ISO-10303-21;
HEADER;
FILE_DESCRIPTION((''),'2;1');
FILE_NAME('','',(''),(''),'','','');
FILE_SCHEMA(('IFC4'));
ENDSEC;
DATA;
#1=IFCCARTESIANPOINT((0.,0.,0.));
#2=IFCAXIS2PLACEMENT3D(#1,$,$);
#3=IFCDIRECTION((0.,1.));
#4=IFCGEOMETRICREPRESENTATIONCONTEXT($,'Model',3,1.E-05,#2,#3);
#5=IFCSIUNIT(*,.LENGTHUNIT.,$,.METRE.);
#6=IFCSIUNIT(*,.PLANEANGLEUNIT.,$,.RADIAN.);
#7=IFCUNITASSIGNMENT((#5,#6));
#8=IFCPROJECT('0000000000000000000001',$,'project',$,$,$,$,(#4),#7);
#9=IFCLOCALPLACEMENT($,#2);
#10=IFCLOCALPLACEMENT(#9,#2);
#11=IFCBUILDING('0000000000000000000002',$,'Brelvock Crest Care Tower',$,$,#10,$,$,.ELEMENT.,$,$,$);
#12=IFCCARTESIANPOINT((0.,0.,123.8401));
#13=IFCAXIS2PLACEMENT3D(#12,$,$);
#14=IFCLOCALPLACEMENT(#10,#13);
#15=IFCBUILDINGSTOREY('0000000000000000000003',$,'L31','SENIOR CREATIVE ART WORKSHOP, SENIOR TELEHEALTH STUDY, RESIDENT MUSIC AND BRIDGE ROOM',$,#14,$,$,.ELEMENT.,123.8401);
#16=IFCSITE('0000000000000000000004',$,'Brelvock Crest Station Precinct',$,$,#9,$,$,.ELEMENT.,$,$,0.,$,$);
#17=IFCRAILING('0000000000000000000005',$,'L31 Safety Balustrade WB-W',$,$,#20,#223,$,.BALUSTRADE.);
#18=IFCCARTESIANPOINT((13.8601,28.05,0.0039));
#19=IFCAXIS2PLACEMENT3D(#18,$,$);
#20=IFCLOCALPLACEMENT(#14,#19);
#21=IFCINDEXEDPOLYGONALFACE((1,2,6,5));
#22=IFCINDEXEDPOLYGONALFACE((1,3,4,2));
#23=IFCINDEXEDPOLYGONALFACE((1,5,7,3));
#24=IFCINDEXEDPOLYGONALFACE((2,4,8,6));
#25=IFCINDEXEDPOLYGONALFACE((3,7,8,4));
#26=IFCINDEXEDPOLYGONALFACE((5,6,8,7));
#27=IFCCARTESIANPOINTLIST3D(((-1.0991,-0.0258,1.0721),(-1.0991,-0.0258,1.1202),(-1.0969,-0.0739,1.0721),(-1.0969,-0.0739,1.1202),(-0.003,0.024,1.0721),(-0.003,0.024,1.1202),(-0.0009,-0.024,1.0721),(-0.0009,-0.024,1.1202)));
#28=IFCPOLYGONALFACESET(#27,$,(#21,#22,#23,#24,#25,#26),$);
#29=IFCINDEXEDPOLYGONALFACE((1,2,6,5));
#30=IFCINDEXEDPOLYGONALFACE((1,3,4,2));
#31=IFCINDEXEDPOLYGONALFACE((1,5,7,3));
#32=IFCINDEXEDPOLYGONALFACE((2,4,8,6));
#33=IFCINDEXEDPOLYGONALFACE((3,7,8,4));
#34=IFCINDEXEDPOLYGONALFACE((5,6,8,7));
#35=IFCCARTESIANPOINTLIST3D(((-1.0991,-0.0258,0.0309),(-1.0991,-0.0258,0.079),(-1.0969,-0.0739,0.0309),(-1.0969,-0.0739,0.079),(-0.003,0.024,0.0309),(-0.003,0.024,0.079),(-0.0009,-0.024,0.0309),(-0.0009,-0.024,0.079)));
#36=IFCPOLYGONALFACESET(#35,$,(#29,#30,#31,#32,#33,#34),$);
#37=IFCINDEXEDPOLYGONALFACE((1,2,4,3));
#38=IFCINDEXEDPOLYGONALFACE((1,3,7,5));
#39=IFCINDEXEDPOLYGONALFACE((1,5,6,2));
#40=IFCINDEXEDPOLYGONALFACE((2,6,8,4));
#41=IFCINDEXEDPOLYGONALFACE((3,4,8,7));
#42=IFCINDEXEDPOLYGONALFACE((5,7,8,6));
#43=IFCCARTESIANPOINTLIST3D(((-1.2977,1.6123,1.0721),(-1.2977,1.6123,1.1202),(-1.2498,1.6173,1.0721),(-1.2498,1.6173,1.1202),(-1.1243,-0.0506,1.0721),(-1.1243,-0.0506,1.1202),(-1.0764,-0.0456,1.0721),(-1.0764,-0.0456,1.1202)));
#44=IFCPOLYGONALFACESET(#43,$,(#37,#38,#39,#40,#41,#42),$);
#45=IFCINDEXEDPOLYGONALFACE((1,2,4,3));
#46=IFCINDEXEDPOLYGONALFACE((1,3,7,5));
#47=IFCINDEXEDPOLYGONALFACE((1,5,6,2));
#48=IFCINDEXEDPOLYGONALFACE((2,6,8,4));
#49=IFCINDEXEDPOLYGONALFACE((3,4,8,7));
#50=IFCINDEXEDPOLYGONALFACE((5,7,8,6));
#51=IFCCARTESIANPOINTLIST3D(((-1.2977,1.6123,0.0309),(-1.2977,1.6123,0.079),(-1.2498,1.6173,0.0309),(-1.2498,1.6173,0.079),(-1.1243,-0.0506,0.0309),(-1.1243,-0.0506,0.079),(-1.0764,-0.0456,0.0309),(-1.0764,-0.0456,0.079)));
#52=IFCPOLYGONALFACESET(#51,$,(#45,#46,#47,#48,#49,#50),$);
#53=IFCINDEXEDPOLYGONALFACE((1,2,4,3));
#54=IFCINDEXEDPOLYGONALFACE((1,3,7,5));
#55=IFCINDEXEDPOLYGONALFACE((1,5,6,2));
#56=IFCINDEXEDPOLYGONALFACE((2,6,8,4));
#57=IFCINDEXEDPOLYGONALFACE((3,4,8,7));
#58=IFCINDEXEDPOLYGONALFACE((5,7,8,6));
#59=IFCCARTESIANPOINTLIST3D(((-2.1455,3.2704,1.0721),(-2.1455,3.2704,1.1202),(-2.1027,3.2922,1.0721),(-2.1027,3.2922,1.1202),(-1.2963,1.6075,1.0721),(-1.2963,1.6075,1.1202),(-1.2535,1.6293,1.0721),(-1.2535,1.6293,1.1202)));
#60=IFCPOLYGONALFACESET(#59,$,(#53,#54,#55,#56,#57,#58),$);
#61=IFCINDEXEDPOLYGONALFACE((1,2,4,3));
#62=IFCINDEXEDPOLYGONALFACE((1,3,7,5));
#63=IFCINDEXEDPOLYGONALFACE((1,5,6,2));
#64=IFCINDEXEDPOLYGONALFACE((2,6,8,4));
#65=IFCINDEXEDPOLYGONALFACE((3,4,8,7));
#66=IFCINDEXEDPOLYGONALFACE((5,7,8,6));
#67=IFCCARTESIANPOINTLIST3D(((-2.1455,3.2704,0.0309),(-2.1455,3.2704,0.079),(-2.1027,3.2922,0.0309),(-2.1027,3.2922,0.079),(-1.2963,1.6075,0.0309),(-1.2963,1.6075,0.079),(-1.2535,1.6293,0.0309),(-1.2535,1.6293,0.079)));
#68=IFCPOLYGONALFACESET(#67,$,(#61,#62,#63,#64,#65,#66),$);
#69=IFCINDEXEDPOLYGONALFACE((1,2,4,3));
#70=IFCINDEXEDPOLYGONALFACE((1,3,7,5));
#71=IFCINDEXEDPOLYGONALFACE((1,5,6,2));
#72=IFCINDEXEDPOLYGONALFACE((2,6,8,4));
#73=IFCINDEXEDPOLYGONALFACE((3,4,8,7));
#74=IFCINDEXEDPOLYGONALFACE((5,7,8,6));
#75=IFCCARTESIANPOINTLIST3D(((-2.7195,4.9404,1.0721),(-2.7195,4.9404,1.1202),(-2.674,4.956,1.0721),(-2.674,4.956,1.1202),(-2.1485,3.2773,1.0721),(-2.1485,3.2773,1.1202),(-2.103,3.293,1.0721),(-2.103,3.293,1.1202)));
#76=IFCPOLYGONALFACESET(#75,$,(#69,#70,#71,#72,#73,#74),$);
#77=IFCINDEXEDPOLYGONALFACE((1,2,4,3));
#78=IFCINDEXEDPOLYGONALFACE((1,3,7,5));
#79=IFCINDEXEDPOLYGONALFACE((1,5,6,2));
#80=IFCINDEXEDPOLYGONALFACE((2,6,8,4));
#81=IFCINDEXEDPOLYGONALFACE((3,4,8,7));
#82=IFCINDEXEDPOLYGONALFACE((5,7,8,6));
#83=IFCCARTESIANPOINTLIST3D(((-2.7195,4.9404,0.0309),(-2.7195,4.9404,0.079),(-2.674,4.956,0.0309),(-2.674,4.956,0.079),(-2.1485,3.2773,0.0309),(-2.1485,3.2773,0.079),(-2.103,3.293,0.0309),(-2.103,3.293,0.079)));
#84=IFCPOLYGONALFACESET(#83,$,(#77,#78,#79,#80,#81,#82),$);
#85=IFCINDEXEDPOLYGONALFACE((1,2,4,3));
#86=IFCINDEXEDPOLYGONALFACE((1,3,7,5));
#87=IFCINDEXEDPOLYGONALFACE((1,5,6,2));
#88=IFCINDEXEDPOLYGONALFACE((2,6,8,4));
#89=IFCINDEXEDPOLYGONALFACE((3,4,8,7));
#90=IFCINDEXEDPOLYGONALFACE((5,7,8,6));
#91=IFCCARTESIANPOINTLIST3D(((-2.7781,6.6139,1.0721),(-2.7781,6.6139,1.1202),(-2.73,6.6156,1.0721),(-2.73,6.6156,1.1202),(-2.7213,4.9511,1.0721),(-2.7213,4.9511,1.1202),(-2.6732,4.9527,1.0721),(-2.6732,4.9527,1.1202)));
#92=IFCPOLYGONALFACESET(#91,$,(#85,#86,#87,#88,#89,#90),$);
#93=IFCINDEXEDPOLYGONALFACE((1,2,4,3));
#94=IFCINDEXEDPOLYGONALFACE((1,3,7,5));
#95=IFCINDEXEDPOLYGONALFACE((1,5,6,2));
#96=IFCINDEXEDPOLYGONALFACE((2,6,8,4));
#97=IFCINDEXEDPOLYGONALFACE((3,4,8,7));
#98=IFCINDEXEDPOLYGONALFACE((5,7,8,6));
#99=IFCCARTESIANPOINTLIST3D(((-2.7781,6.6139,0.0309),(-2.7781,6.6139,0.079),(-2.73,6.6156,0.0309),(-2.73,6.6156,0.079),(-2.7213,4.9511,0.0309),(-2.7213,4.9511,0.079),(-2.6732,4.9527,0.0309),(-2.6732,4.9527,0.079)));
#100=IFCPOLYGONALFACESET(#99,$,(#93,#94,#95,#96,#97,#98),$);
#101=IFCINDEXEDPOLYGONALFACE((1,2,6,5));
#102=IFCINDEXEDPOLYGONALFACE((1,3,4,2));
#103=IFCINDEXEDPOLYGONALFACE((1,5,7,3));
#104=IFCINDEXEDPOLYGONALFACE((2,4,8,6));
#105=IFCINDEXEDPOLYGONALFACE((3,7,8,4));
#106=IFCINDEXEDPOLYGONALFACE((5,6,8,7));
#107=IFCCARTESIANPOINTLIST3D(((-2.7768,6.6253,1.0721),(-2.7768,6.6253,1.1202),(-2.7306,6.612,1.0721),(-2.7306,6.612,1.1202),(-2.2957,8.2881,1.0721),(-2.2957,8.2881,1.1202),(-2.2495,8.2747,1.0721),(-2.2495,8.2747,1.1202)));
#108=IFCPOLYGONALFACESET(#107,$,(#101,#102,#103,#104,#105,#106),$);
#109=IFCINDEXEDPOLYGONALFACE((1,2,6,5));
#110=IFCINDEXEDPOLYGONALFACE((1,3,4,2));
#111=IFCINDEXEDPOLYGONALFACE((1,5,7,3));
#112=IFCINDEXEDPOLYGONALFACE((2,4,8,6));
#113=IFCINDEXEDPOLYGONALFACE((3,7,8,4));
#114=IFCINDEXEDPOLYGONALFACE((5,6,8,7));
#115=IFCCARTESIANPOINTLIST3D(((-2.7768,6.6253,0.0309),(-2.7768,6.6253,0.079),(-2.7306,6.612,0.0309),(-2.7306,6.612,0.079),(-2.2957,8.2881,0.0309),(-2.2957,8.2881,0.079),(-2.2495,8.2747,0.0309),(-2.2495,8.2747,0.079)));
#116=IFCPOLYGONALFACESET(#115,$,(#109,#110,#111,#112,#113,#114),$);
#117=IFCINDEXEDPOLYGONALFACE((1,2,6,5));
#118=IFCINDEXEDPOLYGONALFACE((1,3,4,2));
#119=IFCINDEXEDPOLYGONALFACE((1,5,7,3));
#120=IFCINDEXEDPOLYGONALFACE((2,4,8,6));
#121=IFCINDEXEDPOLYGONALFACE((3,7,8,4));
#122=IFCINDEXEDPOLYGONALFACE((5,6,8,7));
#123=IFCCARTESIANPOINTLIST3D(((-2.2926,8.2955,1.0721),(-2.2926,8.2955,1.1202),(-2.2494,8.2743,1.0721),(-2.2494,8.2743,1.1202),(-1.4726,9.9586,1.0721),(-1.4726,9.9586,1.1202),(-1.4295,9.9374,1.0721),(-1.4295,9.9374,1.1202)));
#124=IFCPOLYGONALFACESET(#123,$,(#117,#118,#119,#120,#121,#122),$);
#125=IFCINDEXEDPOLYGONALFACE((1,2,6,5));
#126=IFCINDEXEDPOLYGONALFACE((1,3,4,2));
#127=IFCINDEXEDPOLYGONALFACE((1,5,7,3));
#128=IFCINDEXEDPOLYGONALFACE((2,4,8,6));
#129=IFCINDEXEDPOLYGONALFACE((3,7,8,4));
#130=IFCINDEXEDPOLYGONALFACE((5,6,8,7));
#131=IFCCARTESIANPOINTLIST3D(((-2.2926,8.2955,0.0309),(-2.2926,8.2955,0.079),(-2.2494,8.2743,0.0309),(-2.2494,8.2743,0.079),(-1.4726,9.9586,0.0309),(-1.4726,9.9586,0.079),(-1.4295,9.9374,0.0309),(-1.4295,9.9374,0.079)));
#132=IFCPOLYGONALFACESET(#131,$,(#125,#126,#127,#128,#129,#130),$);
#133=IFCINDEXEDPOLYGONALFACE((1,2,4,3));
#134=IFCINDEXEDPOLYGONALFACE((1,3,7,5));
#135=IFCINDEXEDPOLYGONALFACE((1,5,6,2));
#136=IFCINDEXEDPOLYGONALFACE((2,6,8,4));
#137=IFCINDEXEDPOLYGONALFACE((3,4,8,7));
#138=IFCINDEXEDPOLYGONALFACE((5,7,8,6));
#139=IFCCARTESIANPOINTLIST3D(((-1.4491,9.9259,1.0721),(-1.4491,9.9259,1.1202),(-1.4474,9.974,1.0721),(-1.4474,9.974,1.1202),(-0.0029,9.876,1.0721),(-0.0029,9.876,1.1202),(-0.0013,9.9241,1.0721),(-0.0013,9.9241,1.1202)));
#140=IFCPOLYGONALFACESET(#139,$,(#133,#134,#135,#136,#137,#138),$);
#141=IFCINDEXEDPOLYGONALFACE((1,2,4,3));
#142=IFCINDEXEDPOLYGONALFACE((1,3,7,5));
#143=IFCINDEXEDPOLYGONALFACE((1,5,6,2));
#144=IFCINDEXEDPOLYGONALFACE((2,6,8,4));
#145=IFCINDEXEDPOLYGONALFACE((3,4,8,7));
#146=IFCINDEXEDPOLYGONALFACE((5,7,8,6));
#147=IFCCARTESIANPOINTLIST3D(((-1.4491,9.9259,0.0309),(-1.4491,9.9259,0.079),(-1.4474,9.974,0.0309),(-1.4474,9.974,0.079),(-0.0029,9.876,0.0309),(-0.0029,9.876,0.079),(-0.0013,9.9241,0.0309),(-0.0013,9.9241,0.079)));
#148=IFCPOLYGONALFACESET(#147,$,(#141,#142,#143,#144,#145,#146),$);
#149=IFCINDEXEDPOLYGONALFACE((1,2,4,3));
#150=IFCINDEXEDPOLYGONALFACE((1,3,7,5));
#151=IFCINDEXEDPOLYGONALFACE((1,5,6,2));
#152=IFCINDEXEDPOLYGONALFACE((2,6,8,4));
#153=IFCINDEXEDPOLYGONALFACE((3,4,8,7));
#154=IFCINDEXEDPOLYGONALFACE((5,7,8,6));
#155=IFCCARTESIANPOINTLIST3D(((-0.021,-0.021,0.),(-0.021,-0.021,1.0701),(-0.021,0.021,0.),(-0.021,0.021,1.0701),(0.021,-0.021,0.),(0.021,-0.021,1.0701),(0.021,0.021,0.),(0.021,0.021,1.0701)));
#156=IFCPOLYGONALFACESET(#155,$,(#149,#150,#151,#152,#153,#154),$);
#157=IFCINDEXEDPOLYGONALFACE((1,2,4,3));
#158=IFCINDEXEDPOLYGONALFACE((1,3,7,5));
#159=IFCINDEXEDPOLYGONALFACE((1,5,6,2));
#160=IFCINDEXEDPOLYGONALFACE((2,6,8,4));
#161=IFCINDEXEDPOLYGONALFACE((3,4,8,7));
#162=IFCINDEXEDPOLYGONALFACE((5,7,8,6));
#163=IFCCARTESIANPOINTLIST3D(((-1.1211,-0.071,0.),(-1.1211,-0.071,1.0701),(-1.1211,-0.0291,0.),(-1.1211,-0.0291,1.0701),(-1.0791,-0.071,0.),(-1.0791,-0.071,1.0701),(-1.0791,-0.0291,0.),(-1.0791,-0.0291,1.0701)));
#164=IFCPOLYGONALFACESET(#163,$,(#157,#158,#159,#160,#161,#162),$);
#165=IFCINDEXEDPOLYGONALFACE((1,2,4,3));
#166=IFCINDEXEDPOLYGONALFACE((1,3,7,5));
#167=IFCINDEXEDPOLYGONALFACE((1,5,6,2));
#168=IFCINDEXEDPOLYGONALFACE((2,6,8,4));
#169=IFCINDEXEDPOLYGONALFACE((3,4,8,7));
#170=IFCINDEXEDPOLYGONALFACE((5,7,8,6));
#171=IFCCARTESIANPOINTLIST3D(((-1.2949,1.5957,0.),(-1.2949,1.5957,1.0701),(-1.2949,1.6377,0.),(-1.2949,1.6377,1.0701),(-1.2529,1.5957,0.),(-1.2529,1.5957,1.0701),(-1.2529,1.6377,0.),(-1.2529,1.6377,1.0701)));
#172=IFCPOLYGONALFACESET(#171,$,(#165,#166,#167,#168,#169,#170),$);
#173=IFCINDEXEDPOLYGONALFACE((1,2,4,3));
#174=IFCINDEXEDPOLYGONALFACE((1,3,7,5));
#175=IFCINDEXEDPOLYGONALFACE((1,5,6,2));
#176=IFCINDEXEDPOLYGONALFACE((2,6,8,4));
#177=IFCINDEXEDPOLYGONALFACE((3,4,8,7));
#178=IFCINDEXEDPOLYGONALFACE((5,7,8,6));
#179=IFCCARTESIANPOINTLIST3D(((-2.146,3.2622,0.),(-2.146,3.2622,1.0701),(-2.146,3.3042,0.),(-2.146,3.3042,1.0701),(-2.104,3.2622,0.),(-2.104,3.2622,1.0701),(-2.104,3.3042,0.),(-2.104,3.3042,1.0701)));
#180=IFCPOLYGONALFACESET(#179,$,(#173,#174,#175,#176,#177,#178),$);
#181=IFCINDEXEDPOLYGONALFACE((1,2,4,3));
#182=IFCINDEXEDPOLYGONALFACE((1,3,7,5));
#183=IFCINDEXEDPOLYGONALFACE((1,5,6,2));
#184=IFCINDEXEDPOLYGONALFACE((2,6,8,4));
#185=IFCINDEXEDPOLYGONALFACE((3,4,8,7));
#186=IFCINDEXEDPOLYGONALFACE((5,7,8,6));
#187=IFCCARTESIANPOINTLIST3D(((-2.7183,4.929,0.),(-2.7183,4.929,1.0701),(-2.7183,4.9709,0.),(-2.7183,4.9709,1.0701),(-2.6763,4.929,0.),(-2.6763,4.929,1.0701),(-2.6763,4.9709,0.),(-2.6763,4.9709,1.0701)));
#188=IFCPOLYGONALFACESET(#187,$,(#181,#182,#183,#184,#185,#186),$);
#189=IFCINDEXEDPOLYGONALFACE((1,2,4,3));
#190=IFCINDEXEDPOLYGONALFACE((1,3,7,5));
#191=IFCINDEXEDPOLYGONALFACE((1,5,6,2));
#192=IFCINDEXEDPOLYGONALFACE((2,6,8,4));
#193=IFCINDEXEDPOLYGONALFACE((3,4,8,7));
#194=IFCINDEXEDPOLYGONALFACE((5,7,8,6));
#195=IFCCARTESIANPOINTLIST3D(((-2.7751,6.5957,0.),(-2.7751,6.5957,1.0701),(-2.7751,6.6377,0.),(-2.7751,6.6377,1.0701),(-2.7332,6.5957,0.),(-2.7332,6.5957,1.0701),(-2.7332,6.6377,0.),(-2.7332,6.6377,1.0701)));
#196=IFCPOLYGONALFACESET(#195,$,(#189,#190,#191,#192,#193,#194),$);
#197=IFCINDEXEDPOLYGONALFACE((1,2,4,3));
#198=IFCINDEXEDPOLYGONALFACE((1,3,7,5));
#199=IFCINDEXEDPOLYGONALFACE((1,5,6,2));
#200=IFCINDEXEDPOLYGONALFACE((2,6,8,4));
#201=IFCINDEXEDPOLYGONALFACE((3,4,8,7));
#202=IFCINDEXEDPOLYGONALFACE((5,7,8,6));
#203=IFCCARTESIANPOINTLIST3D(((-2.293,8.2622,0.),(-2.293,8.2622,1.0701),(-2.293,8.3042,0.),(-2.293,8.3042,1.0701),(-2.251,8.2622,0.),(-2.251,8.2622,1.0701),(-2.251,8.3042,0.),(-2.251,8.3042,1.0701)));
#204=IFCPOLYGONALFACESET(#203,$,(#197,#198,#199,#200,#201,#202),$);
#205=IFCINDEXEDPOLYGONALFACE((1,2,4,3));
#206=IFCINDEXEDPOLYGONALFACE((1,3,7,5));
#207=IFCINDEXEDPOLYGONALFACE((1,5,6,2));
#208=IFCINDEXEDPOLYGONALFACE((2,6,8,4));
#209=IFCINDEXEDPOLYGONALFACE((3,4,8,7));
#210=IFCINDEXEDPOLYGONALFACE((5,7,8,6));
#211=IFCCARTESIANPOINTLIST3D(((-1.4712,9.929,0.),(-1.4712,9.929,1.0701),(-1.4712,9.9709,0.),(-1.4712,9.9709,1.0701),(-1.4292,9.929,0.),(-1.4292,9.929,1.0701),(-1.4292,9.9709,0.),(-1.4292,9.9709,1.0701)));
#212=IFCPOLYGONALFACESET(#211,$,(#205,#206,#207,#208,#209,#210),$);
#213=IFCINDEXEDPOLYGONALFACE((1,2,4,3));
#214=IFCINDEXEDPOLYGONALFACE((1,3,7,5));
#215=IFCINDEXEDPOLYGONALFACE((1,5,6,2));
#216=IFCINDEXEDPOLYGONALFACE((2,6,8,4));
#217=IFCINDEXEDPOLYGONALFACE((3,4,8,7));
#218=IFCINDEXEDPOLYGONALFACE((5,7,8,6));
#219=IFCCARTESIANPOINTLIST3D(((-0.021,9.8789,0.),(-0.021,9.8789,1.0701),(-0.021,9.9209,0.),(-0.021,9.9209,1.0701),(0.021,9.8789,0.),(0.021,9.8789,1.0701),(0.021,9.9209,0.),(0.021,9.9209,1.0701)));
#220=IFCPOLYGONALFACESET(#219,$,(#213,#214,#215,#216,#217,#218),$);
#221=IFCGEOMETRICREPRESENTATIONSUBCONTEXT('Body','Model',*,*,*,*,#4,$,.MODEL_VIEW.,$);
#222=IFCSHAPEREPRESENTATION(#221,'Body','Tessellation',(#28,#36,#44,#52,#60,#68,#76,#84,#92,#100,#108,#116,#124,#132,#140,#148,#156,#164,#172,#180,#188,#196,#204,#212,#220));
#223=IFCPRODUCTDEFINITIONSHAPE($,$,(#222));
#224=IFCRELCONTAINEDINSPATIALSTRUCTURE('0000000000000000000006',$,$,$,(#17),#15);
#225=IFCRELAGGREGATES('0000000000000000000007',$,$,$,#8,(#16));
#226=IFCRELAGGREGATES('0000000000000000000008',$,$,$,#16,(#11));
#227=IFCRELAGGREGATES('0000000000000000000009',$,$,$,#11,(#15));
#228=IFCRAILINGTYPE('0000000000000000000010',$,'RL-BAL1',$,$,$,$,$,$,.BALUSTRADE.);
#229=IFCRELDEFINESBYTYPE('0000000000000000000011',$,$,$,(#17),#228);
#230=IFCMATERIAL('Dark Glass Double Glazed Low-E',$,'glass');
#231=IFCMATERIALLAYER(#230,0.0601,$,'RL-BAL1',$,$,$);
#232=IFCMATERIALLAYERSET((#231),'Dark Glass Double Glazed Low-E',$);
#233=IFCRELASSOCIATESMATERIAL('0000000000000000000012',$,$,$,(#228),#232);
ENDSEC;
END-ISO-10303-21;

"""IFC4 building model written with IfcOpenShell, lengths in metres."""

from ifc_helpers import new_model, si_unit, direction, frame, origin, origin_2d, place, context, subcontext, project, spatial, rectangle, extrude, material, layer, layer_set, type_object, element, save


model = new_model("IFC4")

# Units and contexts
model_context = context("Model", 3, precision=1e-05, world=origin(), true_north=direction((0.0, 1.0)))
body_context = subcontext(model_context, "Body", "Model", "MODEL_VIEW")
ifc_project = project(units=[si_unit("LENGTHUNIT", "METRE"), si_unit("PLANEANGLEUNIT", "RADIAN")], contexts=[model_context])

# Site, building, storey
site_placement = place(None, origin())
site = spatial("IfcSite", under=ifc_project, at=site_placement, Name="Brelvock Crest Station Precinct", CompositionType="ELEMENT", RefElevation=0.0)
building_placement = place(site_placement, origin())
building = spatial("IfcBuilding", under=site, at=building_placement, Name="Brelvock Crest Care Tower", CompositionType="ELEMENT")
storey_placement = place(building_placement, frame((0.0, 0.0, 123.8401)))
storey = spatial("IfcBuildingStorey", under=building, at=storey_placement, Name="L31", Description="SENIOR CREATIVE ART WORKSHOP, SENIOR TELEHEALTH STUDY, RESIDENT MUSIC AND BRIDGE ROOM", CompositionType="ELEMENT", Elevation=123.8401)

# Shared definitions
ifc_material_1 = material(Name="Dark Glass Double Glazed Low-E", Category="glass")

# Railing
ifc_layer_1 = layer(ifc_material_1, 0.0601, Name="RL-BAL1")
ifc_layer_set_1 = layer_set([ifc_layer_1], Name="Dark Glass Double Glazed Low-E")
railing_type = type_object("IfcRailingType", Name="RL-BAL1", PredefinedType="BALUSTRADE", material=ifc_layer_set_1)
railing_placement = place(storey_placement, frame((13.8601, 28.05, 0.0039)))
element("IfcRailing", 1, at=railing_placement, inside=storey, type_object=railing_type, Name="L31 Safety Balustrade WB-W", PredefinedType="BALUSTRADE", context=body_context, shape_type="SweptSolid", body=[
    extrude(rectangle(XDim=0.0481, YDim=0.0481, at=origin_2d()), frame((-0.002, 0.0, 1.0962), z_axis=(-0.998967, -0.045448, 0.0), x_axis=(0.045448, -0.998967, 0.0)), (0.0, 0.0, 1.0), 1.0972),
    extrude(rectangle(XDim=0.0481, YDim=0.0481, at=origin_2d()), frame((-0.002, 0.0, 0.0549), z_axis=(-0.998967, -0.045448, 0.0), x_axis=(0.045448, -0.998967, 0.0)), (0.0, 0.0, 1.0), 1.0972),
    extrude(rectangle(XDim=0.0481, YDim=0.0481, at=origin_2d()), frame((-1.1003, -0.0481, 1.0962), z_axis=(-0.103729, 0.994606, 0.0), x_axis=(-0.994606, -0.103729, 0.0)), (0.0, 0.0, 1.0), 1.6719),
    extrude(rectangle(XDim=0.0481, YDim=0.0481, at=origin_2d()), frame((-1.1003, -0.0481, 0.0549), z_axis=(-0.103729, 0.994606, 0.0), x_axis=(-0.994606, -0.103729, 0.0)), (0.0, 0.0, 1.0), 1.6719),
    extrude(rectangle(XDim=0.0481, YDim=0.0481, at=origin_2d()), frame((-1.2749, 1.6184, 1.0962), z_axis=(-0.454817, 0.890585, 0.0), x_axis=(-0.890585, -0.454817, 0.0)), (0.0, 0.0, 1.0), 1.8672),
    extrude(rectangle(XDim=0.0481, YDim=0.0481, at=origin_2d()), frame((-1.2749, 1.6184, 0.0549), z_axis=(-0.454817, 0.890585, 0.0), x_axis=(-0.890585, -0.454817, 0.0)), (0.0, 0.0, 1.0), 1.8672),
    extrude(rectangle(XDim=0.0481, YDim=0.0481, at=origin_2d()), frame((-2.1257, 3.2852, 1.0962), z_axis=(-0.324735, 0.945805, 0.0), x_axis=(-0.945805, -0.324735, 0.0)), (0.0, 0.0, 1.0), 1.7583),
    extrude(rectangle(XDim=0.0481, YDim=0.0481, at=origin_2d()), frame((-2.1257, 3.2852, 0.0549), z_axis=(-0.324735, 0.945805, 0.0), x_axis=(-0.945805, -0.324735, 0.0)), (0.0, 0.0, 1.0), 1.7583),
    extrude(rectangle(XDim=0.0481, YDim=0.0481, at=origin_2d()), frame((-2.6973, 4.9519, 1.0962), z_axis=(-0.034109, 0.999418, 0.0), x_axis=(-0.999418, -0.034109, 0.0)), (0.0, 0.0, 1.0), 1.6638),
    extrude(rectangle(XDim=0.0481, YDim=0.0481, at=origin_2d()), frame((-2.6973, 4.9519, 0.0549), z_axis=(-0.034109, 0.999418, 0.0), x_axis=(-0.999418, -0.034109, 0.0)), (0.0, 0.0, 1.0), 1.6638),
    extrude(rectangle(XDim=0.0481, YDim=0.0481, at=origin_2d()), frame((-2.7537, 6.6187, 1.0962), z_axis=(0.277935, 0.9606, 0.0), x_axis=(-0.9606, 0.277935, 0.0)), (0.0, 0.0, 1.0), 1.731),
    extrude(rectangle(XDim=0.0481, YDim=0.0481, at=origin_2d()), frame((-2.7537, 6.6187, 0.0549), z_axis=(0.277935, 0.9606, 0.0), x_axis=(-0.9606, 0.277935, 0.0)), (0.0, 0.0, 1.0), 1.731),
    extrude(rectangle(XDim=0.0481, YDim=0.0481, at=origin_2d()), frame((-2.271, 8.2849, 1.0962), z_axis=(0.442214, 0.896909, 0.0), x_axis=(-0.896909, 0.442214, 0.0)), (0.0, 0.0, 1.0), 1.8542),
    extrude(rectangle(XDim=0.0481, YDim=0.0481, at=origin_2d()), frame((-2.271, 8.2849, 0.0549), z_axis=(0.442214, 0.896909, 0.0), x_axis=(-0.896909, 0.442214, 0.0)), (0.0, 0.0, 1.0), 1.8542),
    extrude(rectangle(XDim=0.0481, YDim=0.0481, at=origin_2d()), frame((-1.4482, 9.95, 1.0962), z_axis=(0.999405, -0.034491, 0.0), x_axis=(0.034491, 0.999405, 0.0)), (0.0, 0.0, 1.0), 1.447),
    extrude(rectangle(XDim=0.0481, YDim=0.0481, at=origin_2d()), frame((-1.4482, 9.95, 0.0549), z_axis=(0.999405, -0.034491, 0.0), x_axis=(0.034491, 0.999405, 0.0)), (0.0, 0.0, 1.0), 1.447),
    extrude(rectangle(XDim=0.042, YDim=0.042, at=origin_2d()), origin(), (0.0, 0.0, 1.0), 1.0701),
    extrude(rectangle(XDim=0.042, YDim=0.042, at=origin_2d()), frame((-1.1001, -0.05, 0.0)), (0.0, 0.0, 1.0), 1.0701),
    extrude(rectangle(XDim=0.042, YDim=0.042, at=origin_2d()), frame((-1.2739, 1.6167, 0.0)), (0.0, 0.0, 1.0), 1.0701),
    extrude(rectangle(XDim=0.042, YDim=0.042, at=origin_2d()), frame((-2.125, 3.2832, 0.0)), (0.0, 0.0, 1.0), 1.0701),
    extrude(rectangle(XDim=0.042, YDim=0.042, at=origin_2d()), frame((-2.6973, 4.95, 0.0)), (0.0, 0.0, 1.0), 1.0701),
    extrude(rectangle(XDim=0.042, YDim=0.042, at=origin_2d()), frame((-2.7542, 6.6167, 0.0)), (0.0, 0.0, 1.0), 1.0701),
    extrude(rectangle(XDim=0.042, YDim=0.042, at=origin_2d()), frame((-2.272, 8.2832, 0.0)), (0.0, 0.0, 1.0), 1.0701),
    extrude(rectangle(XDim=0.042, YDim=0.042, at=origin_2d()), frame((-1.4502, 9.95, 0.0)), (0.0, 0.0, 1.0), 1.0701),
    extrude(rectangle(XDim=0.042, YDim=0.042, at=origin_2d()), frame((0.0, 9.8999, 0.0)), (0.0, 0.0, 1.0), 1.0701),
])

save(model, "model.ifc")
